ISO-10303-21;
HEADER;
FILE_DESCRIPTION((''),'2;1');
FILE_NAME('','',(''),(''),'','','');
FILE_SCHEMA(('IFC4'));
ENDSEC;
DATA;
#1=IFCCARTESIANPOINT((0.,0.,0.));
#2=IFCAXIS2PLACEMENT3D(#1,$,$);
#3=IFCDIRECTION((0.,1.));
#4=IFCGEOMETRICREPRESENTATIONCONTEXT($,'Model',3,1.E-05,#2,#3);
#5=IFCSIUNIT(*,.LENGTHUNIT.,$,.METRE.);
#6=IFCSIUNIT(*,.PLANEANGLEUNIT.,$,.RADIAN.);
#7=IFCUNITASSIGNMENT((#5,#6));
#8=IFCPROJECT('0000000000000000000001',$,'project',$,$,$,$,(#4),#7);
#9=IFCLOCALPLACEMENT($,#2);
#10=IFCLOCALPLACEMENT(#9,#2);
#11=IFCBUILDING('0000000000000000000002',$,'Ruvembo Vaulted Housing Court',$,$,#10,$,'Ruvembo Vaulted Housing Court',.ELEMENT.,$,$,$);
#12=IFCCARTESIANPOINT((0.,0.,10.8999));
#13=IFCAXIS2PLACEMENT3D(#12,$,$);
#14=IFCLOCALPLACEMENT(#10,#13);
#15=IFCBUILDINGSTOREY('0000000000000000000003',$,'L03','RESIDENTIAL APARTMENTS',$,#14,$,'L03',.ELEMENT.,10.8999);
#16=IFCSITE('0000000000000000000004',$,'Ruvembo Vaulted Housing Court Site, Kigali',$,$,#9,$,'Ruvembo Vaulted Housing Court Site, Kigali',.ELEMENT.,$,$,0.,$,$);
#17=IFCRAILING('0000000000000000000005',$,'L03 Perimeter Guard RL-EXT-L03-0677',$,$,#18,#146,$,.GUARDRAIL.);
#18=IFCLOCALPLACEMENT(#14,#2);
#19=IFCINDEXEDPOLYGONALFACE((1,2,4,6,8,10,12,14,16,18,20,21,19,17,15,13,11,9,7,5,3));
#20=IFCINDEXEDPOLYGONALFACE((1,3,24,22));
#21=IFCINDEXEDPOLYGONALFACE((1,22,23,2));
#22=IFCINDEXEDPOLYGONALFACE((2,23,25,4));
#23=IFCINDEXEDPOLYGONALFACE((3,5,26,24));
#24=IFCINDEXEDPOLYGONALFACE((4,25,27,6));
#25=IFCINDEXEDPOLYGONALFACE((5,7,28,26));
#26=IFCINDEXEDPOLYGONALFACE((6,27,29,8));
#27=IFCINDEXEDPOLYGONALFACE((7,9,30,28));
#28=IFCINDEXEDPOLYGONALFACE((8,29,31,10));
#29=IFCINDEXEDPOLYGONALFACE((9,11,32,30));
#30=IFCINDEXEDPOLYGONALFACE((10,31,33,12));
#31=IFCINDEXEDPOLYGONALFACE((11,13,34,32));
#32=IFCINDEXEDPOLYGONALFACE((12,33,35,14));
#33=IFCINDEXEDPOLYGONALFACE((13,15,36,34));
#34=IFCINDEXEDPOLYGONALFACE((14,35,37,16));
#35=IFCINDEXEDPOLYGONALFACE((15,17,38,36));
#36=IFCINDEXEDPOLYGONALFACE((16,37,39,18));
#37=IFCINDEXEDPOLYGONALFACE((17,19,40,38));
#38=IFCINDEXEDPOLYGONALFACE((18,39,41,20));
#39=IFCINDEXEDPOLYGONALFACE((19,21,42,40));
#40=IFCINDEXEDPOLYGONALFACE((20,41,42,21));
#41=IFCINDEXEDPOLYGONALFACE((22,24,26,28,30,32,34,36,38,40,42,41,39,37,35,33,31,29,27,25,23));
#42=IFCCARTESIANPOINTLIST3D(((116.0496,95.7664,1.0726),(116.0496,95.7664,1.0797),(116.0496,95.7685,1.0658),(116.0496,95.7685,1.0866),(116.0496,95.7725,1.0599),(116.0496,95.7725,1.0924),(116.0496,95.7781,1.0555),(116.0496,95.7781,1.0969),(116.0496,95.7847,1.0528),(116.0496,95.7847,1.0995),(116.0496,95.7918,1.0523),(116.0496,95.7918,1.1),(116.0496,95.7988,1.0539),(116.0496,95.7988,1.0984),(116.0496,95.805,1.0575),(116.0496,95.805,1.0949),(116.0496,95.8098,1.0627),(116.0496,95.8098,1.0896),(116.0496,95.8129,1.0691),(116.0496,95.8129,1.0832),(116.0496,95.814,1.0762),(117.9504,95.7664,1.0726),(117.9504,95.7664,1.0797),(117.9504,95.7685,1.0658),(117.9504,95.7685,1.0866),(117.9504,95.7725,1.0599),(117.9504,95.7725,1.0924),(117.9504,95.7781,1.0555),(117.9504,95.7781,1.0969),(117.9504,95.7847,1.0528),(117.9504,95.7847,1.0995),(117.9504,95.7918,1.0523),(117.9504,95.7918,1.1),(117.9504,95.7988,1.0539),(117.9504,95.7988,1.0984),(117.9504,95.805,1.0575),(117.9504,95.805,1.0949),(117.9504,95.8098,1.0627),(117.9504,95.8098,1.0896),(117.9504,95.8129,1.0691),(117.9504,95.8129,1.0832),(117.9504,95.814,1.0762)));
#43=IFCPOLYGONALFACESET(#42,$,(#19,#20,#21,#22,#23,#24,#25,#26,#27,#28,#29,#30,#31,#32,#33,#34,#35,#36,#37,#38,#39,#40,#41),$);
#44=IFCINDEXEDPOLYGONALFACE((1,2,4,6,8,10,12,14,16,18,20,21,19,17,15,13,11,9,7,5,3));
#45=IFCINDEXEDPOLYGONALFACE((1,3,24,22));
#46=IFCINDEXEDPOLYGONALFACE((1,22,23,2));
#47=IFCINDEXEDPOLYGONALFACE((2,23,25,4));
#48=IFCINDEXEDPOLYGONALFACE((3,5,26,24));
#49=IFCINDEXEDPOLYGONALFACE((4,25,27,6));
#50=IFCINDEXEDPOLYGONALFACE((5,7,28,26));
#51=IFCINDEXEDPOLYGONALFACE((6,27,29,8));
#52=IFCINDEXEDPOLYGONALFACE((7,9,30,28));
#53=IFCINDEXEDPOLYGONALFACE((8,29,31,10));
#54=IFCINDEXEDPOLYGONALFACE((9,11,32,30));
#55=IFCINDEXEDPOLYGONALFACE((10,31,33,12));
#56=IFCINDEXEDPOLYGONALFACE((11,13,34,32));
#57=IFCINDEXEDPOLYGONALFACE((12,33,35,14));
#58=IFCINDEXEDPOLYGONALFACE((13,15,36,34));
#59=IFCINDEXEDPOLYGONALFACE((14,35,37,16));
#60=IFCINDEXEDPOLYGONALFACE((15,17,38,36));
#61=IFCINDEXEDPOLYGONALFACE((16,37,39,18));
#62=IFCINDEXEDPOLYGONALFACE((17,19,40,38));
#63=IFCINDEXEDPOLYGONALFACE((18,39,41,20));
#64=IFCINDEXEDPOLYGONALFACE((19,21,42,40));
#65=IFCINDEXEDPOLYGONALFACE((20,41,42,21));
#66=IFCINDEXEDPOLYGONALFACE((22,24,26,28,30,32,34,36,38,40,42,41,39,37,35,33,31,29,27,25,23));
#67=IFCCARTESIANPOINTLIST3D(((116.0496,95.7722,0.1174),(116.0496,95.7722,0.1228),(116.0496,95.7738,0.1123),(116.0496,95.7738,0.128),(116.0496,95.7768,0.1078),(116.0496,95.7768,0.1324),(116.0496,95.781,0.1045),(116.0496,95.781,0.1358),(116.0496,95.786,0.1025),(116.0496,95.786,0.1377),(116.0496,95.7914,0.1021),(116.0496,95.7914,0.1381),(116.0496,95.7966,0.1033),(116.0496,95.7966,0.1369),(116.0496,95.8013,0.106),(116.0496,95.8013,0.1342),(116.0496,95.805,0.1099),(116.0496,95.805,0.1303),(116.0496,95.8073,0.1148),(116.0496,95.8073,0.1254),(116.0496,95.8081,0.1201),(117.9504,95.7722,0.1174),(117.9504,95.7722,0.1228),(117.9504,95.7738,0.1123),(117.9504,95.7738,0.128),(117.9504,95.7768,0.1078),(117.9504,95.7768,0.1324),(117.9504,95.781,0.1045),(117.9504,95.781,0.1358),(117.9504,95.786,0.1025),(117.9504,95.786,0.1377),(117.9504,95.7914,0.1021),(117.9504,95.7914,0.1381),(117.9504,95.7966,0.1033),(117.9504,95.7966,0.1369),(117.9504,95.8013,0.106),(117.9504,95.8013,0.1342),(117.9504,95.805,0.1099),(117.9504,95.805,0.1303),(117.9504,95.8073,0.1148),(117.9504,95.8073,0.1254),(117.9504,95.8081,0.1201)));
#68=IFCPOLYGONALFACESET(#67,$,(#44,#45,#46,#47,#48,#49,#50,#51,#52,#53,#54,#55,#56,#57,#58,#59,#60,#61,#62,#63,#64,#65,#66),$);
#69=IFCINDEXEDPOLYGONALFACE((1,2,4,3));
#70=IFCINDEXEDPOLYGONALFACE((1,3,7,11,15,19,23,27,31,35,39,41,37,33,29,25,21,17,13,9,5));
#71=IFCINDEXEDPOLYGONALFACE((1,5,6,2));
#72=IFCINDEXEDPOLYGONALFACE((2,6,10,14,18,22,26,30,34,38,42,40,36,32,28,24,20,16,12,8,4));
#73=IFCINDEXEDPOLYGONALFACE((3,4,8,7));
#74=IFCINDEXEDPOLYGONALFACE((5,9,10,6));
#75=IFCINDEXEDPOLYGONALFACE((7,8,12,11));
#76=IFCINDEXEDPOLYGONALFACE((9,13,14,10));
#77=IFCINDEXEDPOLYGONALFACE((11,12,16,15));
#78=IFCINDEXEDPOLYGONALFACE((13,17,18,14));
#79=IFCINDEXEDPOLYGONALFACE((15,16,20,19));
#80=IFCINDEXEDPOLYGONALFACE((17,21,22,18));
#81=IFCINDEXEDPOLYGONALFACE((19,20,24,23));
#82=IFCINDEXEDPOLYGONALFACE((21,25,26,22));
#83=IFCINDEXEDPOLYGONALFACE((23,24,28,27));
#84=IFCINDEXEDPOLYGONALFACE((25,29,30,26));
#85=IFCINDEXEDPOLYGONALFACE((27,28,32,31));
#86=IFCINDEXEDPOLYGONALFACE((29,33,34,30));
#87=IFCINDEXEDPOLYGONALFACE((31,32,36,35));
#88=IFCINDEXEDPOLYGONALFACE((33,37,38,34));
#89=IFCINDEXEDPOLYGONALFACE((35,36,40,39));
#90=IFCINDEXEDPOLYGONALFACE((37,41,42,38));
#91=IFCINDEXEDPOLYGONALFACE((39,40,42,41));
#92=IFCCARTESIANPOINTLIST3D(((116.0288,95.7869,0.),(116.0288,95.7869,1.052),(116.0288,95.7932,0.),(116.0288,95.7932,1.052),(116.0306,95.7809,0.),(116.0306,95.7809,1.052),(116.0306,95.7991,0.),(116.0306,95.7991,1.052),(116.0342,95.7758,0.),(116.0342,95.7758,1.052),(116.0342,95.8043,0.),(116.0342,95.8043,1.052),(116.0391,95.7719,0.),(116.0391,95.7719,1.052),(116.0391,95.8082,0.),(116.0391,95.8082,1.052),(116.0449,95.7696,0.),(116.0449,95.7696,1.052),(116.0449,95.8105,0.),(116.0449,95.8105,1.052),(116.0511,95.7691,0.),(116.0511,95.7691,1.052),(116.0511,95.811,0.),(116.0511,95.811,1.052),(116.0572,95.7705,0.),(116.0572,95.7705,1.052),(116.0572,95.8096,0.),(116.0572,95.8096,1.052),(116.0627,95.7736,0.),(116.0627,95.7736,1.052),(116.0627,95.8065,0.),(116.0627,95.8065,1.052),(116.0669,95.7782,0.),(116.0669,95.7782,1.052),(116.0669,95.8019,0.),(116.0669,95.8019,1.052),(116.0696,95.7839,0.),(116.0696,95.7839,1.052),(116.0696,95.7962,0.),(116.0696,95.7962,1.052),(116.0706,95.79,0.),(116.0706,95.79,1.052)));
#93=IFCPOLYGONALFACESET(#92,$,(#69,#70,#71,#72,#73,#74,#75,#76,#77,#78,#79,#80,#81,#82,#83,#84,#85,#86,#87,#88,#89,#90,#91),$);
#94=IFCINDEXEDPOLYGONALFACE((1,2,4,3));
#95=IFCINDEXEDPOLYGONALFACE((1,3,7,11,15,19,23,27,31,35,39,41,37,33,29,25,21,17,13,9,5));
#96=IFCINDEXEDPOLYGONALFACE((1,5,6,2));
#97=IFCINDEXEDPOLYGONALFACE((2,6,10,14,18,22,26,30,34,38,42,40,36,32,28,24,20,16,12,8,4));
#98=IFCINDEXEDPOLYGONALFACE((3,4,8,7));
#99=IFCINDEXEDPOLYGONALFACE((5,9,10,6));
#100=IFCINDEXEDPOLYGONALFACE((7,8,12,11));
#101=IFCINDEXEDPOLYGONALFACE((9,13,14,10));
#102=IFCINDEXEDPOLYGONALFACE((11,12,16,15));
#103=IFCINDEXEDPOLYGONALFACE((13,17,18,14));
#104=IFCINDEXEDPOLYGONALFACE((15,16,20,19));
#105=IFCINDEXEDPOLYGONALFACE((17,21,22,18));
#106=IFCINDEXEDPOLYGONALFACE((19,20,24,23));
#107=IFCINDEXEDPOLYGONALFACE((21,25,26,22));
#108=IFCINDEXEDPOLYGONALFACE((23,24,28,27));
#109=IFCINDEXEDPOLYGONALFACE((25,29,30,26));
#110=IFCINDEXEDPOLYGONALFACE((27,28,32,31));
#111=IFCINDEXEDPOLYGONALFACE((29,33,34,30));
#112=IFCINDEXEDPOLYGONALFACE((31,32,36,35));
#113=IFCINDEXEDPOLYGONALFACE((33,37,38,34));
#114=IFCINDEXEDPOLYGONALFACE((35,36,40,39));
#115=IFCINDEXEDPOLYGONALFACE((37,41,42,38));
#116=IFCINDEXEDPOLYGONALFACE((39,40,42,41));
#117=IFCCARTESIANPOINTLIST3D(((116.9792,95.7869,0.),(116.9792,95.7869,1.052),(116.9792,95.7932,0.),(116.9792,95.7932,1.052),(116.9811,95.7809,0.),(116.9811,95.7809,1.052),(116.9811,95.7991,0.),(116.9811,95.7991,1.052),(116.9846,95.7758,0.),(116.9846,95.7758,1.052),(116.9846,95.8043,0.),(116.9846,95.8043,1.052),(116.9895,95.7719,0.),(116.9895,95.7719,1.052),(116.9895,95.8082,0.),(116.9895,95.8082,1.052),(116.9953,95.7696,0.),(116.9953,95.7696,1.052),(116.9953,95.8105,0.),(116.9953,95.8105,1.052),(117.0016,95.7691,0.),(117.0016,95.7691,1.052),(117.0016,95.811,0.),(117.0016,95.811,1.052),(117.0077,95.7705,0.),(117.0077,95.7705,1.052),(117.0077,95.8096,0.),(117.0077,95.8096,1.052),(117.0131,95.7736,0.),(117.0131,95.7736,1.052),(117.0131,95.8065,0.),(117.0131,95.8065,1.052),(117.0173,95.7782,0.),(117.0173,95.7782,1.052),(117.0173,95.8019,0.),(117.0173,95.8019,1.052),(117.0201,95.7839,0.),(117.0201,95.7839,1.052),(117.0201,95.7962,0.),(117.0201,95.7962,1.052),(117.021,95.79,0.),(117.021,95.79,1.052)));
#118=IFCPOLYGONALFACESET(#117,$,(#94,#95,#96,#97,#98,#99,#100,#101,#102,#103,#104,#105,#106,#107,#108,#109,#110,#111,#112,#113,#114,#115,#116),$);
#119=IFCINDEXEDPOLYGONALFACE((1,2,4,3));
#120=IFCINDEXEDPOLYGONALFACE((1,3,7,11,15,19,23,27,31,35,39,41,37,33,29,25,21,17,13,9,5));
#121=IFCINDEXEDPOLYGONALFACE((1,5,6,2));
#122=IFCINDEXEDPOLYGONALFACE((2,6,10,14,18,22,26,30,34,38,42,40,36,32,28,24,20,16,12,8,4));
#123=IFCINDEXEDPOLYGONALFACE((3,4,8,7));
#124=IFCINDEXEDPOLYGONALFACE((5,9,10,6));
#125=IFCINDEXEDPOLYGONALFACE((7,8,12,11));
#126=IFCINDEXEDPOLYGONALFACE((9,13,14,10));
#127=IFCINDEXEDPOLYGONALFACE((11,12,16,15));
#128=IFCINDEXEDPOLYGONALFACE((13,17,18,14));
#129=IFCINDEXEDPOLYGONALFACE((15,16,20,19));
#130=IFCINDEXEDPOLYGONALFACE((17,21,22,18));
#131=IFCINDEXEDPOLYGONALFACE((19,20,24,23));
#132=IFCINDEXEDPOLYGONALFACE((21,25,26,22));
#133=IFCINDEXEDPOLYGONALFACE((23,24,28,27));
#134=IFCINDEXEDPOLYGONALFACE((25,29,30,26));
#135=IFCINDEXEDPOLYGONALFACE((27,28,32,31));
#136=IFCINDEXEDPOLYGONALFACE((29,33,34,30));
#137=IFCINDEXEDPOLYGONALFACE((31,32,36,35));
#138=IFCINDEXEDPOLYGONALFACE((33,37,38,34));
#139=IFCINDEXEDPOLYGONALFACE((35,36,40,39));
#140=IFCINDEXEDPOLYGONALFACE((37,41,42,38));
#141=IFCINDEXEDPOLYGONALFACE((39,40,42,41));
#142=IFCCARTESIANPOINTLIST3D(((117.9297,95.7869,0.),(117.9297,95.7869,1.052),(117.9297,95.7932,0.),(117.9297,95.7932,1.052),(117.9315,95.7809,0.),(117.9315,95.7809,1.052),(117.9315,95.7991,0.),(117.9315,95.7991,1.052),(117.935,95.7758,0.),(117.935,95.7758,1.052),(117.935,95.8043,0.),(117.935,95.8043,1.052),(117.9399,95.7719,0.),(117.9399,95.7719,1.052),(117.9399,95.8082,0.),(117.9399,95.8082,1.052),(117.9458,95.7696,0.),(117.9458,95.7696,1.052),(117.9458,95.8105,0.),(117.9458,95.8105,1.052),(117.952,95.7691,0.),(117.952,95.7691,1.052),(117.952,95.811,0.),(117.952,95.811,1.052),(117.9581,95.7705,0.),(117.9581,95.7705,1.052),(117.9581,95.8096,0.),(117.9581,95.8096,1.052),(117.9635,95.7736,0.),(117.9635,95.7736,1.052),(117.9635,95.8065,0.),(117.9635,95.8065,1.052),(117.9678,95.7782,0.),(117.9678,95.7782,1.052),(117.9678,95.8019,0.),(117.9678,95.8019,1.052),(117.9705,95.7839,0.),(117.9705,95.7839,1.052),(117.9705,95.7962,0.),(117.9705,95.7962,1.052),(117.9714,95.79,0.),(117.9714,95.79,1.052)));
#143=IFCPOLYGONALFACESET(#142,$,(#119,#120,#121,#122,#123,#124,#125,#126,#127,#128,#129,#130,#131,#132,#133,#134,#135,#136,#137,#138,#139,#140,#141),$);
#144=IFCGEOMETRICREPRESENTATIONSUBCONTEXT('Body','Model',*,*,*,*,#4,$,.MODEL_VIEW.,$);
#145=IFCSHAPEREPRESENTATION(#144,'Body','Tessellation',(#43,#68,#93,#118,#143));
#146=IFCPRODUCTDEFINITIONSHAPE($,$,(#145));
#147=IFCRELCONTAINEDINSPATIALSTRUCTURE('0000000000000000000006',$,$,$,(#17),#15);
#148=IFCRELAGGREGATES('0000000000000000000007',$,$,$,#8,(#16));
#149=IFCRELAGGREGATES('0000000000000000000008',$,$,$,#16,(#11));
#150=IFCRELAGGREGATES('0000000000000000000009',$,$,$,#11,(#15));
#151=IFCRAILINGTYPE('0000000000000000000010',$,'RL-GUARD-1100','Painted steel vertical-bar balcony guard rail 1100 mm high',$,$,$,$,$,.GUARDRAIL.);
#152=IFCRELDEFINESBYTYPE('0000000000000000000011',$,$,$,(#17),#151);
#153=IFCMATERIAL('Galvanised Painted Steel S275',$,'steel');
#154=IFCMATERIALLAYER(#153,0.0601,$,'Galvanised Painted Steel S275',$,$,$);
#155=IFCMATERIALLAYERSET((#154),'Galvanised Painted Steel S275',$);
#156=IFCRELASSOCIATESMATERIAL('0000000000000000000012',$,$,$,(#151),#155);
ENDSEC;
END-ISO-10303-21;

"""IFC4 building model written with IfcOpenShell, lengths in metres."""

from ifc_helpers import new_model, si_unit, direction, frame, origin, origin_2d, place, context, subcontext, project, spatial, circle, extrude, material, layer, layer_set, type_object, element, save


model = new_model("IFC4")

# Units and contexts
model_context = context("Model", 3, precision=1e-05, world=origin(), true_north=direction((0.0, 1.0)))
body_context = subcontext(model_context, "Body", "Model", "MODEL_VIEW")
ifc_project = project(units=[si_unit("LENGTHUNIT", "METRE"), si_unit("PLANEANGLEUNIT", "RADIAN")], contexts=[model_context])

# Site, building, storey
site_placement = place(None, origin())
site = spatial("IfcSite", under=ifc_project, at=site_placement, Name="Ruvembo Vaulted Housing Court Site, Kigali", LongName="Ruvembo Vaulted Housing Court Site, Kigali", CompositionType="ELEMENT", RefElevation=0.0)
building_placement = place(site_placement, origin())
building = spatial("IfcBuilding", under=site, at=building_placement, Name="Ruvembo Vaulted Housing Court", LongName="Ruvembo Vaulted Housing Court", CompositionType="ELEMENT")
storey_placement = place(building_placement, frame((0.0, 0.0, 10.8999)))
storey = spatial("IfcBuildingStorey", under=building, at=storey_placement, Name="L03", Description="RESIDENTIAL APARTMENTS", LongName="L03", CompositionType="ELEMENT", Elevation=10.8999)

# Railing
ifc_material_1 = material(Name="Galvanised Painted Steel S275", Category="steel")
ifc_layer = layer(ifc_material_1, 0.0601, Name="Galvanised Painted Steel S275")
ifc_layer_set = layer_set([ifc_layer], Name="Galvanised Painted Steel S275")
railing_type = type_object("IfcRailingType", Name="RL-GUARD-1100", Description="Painted steel vertical-bar balcony guard rail 1100 mm high", PredefinedType="GUARDRAIL", material=ifc_layer_set)
railing_1_placement = place(storey_placement, frame((116.0496, 95.79, 0.0)))
element("IfcRailing", 1, at=railing_1_placement, inside=storey, type_object=railing_type, Name="L03 Perimeter Guard RL-EXT-L03-0677", PredefinedType="GUARDRAIL", context=body_context, shape_type="SweptSolid", body=[
    extrude(circle(Radius=0.0239, at=origin_2d()), frame((0.0, 0.0, 1.0762), z_axis=(1.0, 0.0, 0.0), x_axis=(0.0, 1.0, 0.0)), (0.0, 0.0, 1.0), 1.9009),
    extrude(circle(Radius=0.0181, at=origin_2d()), frame((0.0, 0.0, 0.1201), z_axis=(1.0, 0.0, 0.0), x_axis=(0.0, 1.0, 0.0)), (0.0, 0.0, 1.0), 1.9009),
    extrude(circle(Radius=0.021, at=origin_2d()), origin(), (0.0, 0.0, 1.0), 1.052),
    extrude(circle(Radius=0.021, at=origin_2d()), frame((0.9504, 0.0, 0.0)), (0.0, 0.0, 1.0), 1.052),
    extrude(circle(Radius=0.021, at=origin_2d()), frame((1.9009, 0.0, 0.0)), (0.0, 0.0, 1.0), 1.052),
])

save(model, "model.ifc")
